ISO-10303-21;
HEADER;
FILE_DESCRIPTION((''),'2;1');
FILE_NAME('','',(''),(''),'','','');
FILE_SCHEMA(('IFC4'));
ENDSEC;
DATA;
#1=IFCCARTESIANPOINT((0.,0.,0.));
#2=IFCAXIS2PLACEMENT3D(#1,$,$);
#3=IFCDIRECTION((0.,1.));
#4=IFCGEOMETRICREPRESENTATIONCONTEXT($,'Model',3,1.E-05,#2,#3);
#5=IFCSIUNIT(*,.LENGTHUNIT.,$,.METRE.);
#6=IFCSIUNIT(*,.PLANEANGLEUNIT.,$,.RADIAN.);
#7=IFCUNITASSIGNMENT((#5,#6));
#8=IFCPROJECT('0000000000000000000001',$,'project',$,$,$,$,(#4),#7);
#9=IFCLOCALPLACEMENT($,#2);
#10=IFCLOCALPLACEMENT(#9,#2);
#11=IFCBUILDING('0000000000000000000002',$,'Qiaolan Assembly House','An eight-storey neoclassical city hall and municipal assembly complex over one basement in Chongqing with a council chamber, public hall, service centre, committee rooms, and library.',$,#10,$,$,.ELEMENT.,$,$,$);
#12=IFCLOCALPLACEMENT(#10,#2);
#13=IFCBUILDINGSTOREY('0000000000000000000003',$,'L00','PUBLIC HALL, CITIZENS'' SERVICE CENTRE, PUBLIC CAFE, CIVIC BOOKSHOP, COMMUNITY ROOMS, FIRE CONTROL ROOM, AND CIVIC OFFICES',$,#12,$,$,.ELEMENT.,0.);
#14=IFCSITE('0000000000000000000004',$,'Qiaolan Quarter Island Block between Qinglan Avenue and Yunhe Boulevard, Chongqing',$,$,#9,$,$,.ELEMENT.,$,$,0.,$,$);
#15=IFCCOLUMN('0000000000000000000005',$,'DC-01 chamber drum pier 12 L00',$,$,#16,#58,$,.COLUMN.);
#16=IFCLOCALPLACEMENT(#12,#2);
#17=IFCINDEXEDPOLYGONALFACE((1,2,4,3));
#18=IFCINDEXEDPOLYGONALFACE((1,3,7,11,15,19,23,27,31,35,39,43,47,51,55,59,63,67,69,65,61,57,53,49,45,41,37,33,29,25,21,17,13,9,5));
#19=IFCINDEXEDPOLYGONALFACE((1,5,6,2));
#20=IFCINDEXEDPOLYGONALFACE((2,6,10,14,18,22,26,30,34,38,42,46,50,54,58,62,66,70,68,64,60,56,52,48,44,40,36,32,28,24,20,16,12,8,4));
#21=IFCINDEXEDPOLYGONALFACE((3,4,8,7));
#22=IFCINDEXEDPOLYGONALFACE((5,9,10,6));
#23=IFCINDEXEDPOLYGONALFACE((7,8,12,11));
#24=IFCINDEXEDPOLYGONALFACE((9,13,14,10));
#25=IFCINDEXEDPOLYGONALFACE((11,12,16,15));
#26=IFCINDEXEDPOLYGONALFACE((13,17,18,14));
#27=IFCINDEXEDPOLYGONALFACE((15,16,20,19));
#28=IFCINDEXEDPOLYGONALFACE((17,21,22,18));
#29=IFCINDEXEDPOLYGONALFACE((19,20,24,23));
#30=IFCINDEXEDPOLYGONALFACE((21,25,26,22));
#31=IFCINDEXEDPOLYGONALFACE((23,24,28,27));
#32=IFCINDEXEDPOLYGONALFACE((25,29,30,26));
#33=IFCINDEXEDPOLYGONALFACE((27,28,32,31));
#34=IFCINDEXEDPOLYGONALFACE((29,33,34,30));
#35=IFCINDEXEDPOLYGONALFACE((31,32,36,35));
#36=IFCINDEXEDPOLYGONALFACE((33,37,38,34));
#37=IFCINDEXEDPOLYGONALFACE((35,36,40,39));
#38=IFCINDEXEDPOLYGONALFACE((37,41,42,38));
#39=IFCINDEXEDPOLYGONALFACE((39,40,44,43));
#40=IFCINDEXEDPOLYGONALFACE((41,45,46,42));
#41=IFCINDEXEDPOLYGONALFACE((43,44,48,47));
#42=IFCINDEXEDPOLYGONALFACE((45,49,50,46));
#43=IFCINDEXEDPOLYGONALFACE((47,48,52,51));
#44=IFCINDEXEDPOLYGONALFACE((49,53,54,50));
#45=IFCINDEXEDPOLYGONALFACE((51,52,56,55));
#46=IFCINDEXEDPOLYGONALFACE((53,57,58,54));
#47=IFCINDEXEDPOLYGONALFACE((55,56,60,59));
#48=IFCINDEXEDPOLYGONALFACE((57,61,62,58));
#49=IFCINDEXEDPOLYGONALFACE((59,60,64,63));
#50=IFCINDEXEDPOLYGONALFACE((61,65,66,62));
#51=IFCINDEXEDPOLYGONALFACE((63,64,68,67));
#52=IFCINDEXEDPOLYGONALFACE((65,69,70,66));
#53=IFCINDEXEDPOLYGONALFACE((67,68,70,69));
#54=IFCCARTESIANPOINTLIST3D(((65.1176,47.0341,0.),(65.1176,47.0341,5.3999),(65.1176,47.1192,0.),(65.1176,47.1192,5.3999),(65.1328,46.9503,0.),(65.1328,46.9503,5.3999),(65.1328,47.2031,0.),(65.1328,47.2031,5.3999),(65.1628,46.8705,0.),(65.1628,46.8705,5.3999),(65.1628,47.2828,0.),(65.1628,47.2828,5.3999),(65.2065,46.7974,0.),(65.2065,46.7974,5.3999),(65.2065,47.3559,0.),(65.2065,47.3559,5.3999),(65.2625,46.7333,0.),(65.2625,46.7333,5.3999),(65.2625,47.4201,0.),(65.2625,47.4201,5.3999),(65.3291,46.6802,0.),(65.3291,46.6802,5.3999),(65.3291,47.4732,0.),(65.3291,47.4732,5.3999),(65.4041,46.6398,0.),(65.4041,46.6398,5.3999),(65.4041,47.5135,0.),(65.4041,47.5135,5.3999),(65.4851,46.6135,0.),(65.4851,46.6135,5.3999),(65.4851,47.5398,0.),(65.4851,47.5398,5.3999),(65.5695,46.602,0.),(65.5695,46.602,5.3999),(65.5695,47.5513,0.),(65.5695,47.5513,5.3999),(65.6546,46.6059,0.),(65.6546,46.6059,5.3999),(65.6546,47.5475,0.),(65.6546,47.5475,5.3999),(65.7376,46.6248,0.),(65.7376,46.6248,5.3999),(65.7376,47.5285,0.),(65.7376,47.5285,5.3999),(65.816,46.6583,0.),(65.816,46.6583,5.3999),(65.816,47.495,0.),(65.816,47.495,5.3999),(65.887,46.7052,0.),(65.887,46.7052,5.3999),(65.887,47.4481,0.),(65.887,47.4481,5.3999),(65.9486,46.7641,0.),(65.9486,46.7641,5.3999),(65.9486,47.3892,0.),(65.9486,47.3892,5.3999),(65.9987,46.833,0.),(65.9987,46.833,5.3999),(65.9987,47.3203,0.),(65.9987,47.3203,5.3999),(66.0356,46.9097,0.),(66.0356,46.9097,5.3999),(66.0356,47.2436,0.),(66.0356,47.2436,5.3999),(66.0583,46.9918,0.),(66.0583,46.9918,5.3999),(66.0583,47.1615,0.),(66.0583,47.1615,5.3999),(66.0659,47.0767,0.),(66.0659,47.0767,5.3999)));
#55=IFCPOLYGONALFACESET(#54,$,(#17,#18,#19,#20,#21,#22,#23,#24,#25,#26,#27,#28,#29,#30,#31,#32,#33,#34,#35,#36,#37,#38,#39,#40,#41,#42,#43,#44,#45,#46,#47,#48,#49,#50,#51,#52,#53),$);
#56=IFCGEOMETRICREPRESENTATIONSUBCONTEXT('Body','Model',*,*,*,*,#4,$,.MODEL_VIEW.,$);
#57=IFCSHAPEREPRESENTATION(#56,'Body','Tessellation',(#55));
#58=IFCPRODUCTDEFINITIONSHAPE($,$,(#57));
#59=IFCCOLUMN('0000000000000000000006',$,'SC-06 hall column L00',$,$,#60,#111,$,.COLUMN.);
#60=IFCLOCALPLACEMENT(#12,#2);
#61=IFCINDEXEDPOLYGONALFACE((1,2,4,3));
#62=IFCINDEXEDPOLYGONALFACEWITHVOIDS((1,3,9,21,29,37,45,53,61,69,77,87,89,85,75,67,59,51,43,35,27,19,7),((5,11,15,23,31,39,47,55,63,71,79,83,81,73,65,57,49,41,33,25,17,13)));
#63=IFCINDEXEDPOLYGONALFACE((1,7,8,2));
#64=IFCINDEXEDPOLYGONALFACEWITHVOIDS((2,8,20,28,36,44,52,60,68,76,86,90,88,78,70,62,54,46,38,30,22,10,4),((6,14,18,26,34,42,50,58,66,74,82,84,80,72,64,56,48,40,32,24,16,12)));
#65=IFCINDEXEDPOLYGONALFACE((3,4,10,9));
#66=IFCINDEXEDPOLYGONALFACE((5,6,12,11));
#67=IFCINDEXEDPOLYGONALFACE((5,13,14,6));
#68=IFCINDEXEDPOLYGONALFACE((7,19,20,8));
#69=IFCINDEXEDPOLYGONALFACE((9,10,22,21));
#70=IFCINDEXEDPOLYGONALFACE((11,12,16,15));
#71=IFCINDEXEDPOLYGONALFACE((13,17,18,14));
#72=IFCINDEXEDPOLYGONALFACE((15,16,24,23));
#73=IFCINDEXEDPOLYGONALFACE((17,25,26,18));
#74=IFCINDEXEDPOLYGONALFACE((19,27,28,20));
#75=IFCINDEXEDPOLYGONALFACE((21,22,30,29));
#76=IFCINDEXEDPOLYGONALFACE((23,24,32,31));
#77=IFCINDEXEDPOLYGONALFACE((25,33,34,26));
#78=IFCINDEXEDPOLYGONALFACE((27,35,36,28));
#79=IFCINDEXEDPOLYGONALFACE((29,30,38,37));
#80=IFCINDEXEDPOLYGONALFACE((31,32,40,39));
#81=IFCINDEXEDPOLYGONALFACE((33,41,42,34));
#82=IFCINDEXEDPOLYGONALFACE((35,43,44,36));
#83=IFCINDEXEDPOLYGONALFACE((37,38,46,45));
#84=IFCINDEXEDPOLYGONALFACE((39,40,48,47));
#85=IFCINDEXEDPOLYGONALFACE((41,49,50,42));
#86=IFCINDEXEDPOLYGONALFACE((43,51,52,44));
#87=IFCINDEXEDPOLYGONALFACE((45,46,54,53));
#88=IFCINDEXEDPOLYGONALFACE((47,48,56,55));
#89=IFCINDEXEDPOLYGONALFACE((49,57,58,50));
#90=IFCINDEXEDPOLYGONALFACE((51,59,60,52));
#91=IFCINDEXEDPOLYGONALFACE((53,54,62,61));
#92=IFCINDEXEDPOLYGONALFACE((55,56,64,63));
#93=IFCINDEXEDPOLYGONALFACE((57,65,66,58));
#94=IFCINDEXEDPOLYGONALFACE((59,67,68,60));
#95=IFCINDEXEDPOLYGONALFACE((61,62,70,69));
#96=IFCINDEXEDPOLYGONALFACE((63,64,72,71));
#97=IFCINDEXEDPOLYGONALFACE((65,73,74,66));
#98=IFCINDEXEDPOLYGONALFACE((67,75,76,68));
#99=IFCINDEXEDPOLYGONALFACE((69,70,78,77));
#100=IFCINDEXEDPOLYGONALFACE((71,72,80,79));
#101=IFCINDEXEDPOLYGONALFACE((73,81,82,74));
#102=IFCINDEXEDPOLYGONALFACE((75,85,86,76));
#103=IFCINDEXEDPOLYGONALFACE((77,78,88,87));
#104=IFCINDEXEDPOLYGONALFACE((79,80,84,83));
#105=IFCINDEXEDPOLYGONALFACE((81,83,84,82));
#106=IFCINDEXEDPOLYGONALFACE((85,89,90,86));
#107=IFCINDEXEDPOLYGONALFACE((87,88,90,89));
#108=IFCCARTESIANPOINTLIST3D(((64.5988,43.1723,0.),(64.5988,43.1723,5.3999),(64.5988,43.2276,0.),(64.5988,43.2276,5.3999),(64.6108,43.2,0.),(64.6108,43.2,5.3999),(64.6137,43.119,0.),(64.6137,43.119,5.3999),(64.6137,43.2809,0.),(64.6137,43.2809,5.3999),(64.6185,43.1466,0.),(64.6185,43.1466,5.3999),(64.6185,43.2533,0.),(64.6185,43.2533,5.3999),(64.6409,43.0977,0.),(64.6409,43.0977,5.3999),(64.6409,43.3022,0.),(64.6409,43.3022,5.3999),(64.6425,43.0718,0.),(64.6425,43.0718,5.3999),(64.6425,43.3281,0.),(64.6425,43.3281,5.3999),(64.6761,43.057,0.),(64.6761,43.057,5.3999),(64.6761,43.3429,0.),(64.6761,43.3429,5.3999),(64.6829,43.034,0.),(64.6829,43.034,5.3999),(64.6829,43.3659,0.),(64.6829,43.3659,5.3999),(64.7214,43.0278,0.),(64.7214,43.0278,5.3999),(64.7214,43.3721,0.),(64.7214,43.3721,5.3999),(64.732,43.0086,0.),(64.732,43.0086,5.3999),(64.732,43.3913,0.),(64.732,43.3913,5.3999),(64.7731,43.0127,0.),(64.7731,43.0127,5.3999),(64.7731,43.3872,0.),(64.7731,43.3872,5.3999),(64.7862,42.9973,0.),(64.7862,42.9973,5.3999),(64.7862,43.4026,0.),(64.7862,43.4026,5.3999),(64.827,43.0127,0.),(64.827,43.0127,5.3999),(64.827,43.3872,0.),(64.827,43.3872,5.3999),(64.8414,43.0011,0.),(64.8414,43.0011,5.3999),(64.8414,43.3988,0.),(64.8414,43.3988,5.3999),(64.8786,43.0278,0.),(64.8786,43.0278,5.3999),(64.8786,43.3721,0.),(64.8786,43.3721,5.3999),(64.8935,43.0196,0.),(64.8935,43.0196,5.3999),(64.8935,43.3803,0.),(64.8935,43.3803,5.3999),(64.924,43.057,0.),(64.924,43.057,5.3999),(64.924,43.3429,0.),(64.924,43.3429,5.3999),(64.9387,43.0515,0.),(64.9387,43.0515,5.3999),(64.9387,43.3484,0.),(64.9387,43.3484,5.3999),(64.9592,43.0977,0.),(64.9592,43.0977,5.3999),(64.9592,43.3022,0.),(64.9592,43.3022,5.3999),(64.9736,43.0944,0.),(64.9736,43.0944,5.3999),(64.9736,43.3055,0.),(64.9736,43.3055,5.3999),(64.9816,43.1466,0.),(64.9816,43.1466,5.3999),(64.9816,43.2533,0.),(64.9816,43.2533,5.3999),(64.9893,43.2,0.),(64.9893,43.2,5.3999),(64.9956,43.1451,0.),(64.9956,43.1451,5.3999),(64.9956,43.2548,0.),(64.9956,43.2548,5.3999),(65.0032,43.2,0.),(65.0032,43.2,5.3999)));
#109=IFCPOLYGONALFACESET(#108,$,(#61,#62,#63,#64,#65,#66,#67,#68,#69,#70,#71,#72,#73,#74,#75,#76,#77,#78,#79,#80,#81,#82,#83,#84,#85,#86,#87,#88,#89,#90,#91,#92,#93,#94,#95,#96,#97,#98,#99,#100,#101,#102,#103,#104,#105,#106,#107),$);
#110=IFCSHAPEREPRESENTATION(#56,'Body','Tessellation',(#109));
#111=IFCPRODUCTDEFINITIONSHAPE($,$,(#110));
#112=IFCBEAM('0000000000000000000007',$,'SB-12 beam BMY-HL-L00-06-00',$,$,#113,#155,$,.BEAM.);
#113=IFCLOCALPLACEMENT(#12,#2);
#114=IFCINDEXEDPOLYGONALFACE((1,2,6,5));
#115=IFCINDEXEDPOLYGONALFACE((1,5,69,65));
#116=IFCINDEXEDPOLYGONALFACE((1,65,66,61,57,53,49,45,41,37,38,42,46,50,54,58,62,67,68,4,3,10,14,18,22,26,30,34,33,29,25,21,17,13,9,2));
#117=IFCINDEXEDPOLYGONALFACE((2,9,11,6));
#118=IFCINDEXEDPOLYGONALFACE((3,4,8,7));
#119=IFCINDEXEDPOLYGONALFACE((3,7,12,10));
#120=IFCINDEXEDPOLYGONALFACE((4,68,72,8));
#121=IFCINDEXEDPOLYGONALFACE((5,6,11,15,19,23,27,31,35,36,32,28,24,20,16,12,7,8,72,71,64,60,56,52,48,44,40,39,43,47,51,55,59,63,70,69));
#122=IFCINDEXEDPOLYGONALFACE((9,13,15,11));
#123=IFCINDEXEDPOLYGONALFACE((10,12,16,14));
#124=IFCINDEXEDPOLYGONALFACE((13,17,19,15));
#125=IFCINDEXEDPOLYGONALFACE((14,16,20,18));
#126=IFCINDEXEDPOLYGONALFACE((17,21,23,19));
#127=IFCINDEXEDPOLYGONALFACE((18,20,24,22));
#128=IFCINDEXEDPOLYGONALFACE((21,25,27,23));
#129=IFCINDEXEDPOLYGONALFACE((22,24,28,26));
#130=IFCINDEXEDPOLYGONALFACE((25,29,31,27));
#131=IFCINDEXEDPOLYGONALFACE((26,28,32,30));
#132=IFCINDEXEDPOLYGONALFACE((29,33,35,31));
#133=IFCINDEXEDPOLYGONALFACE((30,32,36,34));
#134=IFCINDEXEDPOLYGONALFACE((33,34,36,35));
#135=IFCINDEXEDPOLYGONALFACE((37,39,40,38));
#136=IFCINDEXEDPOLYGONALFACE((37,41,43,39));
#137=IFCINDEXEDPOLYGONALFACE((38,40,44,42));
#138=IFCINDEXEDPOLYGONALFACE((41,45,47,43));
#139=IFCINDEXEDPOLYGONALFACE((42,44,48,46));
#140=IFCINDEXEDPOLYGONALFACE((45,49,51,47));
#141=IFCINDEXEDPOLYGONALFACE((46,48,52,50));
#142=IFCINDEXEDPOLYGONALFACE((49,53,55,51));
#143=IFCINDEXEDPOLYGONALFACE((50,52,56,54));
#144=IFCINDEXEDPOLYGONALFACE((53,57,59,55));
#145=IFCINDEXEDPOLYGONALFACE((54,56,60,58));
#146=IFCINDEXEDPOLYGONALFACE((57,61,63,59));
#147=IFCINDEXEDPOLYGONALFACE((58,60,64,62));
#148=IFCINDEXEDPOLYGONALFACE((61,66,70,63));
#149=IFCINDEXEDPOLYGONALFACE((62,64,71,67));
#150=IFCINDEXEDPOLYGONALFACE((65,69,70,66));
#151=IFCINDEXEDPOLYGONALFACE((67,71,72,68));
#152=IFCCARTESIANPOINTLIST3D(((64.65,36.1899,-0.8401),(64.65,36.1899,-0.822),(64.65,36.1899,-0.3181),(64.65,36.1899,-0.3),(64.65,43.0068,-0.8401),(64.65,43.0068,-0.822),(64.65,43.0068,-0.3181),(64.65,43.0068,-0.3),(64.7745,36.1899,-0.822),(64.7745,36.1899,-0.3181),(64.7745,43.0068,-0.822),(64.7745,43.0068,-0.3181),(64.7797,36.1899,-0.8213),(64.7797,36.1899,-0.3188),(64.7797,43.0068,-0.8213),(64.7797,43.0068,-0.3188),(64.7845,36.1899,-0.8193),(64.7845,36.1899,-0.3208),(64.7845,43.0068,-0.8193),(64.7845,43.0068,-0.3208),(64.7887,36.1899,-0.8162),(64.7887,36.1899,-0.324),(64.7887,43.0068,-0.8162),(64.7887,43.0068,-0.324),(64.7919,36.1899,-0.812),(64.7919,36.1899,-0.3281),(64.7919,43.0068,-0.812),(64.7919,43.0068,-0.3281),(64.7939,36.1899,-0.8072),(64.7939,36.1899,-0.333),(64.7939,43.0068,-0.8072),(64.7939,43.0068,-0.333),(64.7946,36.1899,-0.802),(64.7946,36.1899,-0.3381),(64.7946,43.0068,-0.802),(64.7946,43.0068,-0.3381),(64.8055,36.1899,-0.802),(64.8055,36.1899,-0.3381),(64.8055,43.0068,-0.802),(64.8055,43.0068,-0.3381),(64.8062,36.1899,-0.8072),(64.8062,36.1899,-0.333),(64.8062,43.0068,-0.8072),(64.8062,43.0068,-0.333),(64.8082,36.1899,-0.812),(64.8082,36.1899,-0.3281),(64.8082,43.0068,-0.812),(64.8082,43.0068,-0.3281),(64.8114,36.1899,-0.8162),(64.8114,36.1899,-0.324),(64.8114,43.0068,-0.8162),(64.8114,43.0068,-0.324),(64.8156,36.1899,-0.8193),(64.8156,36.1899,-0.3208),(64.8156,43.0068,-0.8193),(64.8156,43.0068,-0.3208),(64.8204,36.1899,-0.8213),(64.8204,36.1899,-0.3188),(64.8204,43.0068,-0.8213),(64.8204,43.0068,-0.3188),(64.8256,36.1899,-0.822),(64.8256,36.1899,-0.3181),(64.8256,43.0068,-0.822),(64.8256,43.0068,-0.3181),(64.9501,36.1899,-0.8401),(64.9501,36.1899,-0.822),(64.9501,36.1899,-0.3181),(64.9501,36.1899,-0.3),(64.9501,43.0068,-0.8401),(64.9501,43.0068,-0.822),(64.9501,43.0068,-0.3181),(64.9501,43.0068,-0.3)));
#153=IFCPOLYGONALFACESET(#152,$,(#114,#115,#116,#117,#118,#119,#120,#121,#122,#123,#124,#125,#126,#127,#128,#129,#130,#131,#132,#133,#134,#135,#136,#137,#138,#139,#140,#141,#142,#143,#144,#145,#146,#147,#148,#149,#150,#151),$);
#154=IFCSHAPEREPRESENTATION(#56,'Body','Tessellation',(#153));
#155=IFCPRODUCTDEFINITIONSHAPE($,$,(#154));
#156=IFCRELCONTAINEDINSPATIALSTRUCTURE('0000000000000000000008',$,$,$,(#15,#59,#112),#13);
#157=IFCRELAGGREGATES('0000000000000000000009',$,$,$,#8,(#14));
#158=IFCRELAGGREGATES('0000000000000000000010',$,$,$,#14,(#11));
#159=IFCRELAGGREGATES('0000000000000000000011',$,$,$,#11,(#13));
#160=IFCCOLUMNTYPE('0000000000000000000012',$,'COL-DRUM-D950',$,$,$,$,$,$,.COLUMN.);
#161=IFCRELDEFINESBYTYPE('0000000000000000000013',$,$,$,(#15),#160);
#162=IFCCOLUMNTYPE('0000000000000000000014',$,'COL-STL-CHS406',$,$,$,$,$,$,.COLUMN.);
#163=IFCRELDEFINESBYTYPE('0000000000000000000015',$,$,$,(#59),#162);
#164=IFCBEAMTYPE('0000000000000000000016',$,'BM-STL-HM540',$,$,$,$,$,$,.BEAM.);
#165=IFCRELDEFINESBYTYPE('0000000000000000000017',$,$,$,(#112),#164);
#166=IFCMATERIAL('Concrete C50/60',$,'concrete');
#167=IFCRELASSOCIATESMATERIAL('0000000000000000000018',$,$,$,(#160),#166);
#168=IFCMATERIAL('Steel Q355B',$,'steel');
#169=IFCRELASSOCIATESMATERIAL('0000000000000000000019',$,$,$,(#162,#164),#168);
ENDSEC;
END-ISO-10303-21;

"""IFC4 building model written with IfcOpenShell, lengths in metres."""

from ifc_helpers import new_model, si_unit, direction, frame, origin, origin_2d, place, context, subcontext, project, spatial, circle, hollow_circle, i_section, extrude, material, material_profile, profile_set, type_object, element, save


model = new_model("IFC4")

# Units and contexts
model_context = context("Model", 3, precision=1e-05, world=origin(), true_north=direction((0.0, 1.0)))
body_context = subcontext(model_context, "Body", "Model", "MODEL_VIEW")
ifc_project = project(units=[si_unit("LENGTHUNIT", "METRE"), si_unit("PLANEANGLEUNIT", "RADIAN")], contexts=[model_context])

# Site, building, storey
site_placement = place(None, origin())
site = spatial("IfcSite", under=ifc_project, at=site_placement, Name="Qiaolan Quarter Island Block between Qinglan Avenue and Yunhe Boulevard, Chongqing", CompositionType="ELEMENT", RefElevation=0.0)
building_placement = place(site_placement, origin())
building = spatial("IfcBuilding", under=site, at=building_placement, Name="Qiaolan Assembly House", Description="An eight-storey neoclassical city hall and municipal assembly complex over one basement in Chongqing with a council chamber, public hall, service centre, committee rooms, and library.", CompositionType="ELEMENT")
storey_placement = place(building_placement, origin())
storey = spatial("IfcBuildingStorey", under=building, at=storey_placement, Name="L00", Description="PUBLIC HALL, CITIZENS' SERVICE CENTRE, PUBLIC CAFE, CIVIC BOOKSHOP, COMMUNITY ROOMS, FIRE CONTROL ROOM, AND CIVIC OFFICES", CompositionType="ELEMENT", Elevation=0.0)

# Columns
ifc_material_1 = material(Name="Concrete C50/60", Category="concrete")
ifc_material_profile_1 = material_profile(ifc_material_1, circle(Radius=0.4751, at=origin_2d()), Name="CIRC D950")
ifc_profile_set_1 = profile_set([ifc_material_profile_1], Name="Concrete C50/60")
column_type_1 = type_object("IfcColumnType", Name="COL-DRUM-D950", PredefinedType="COLUMN", material=ifc_profile_set_1)
column_1_placement = place(storey_placement, frame((65.5908, 47.0767, 0.0), z_axis=(0.0, 0.0, 1.0), x_axis=(1.0, 0.0, 0.0)))
element("IfcColumn", 1, at=column_1_placement, inside=storey, type_object=column_type_1, Name="DC-01 chamber drum pier 12 L00", PredefinedType="COLUMN", context=body_context, shape_type="SweptSolid", body=[
    extrude(circle(Radius=0.4751, at=origin_2d()), origin(), (0.0, 0.0, 1.0), 5.3999),
])
ifc_material_2 = material(Name="Steel Q355B", Category="steel")
ifc_material_profile_2 = material_profile(ifc_material_2, hollow_circle(Radius=0.2031, WallThickness=0.0139, at=origin_2d()), Name="CHS 406.4x14")
ifc_profile_set_2 = profile_set([ifc_material_profile_2], Name="Steel Q355B")
column_type_2 = type_object("IfcColumnType", Name="COL-STL-CHS406", PredefinedType="COLUMN", material=ifc_profile_set_2)
column_2_placement = place(storey_placement, frame((64.8, 43.2, 0.0), z_axis=(0.0, 0.0, 1.0), x_axis=(1.0, 0.0, 0.0)))
element("IfcColumn", 2, at=column_2_placement, inside=storey, type_object=column_type_2, Name="SC-06 hall column L00", PredefinedType="COLUMN", context=body_context, shape_type="SweptSolid", body=[
    extrude(hollow_circle(Radius=0.2031, WallThickness=0.0139, at=origin_2d()), origin(), (0.0, 0.0, 1.0), 5.3999),
])

# Beam
ifc_material_profile_3 = material_profile(ifc_material_2, i_section(OverallWidth=0.3, OverallDepth=0.54, WebThickness=0.011, FlangeThickness=0.0181, FilletRadius=0.02, at=origin_2d()), Name="HM 540x300x11x18")
ifc_profile_set_3 = profile_set([ifc_material_profile_3], Name="Steel Q355B")
beam_type_1 = type_object("IfcBeamType", Name="BM-STL-HM540", PredefinedType="BEAM", material=ifc_profile_set_3)
beam_1_placement = place(storey_placement, frame((64.8, 36.1899, -0.5701), z_axis=(0.0, 1.0, 0.0), x_axis=(-1.0, 0.0, 0.0)))
element("IfcBeam", 3, at=beam_1_placement, inside=storey, type_object=beam_type_1, Name="SB-12 beam BMY-HL-L00-06-00", PredefinedType="BEAM", context=body_context, shape_type="SweptSolid", body=[
    extrude(i_section(OverallWidth=0.3, OverallDepth=0.54, WebThickness=0.011, FlangeThickness=0.0181, FilletRadius=0.02, at=origin_2d()), origin(), (0.0, 0.0, 1.0), 6.8169),
])

save(model, "model.ifc")
